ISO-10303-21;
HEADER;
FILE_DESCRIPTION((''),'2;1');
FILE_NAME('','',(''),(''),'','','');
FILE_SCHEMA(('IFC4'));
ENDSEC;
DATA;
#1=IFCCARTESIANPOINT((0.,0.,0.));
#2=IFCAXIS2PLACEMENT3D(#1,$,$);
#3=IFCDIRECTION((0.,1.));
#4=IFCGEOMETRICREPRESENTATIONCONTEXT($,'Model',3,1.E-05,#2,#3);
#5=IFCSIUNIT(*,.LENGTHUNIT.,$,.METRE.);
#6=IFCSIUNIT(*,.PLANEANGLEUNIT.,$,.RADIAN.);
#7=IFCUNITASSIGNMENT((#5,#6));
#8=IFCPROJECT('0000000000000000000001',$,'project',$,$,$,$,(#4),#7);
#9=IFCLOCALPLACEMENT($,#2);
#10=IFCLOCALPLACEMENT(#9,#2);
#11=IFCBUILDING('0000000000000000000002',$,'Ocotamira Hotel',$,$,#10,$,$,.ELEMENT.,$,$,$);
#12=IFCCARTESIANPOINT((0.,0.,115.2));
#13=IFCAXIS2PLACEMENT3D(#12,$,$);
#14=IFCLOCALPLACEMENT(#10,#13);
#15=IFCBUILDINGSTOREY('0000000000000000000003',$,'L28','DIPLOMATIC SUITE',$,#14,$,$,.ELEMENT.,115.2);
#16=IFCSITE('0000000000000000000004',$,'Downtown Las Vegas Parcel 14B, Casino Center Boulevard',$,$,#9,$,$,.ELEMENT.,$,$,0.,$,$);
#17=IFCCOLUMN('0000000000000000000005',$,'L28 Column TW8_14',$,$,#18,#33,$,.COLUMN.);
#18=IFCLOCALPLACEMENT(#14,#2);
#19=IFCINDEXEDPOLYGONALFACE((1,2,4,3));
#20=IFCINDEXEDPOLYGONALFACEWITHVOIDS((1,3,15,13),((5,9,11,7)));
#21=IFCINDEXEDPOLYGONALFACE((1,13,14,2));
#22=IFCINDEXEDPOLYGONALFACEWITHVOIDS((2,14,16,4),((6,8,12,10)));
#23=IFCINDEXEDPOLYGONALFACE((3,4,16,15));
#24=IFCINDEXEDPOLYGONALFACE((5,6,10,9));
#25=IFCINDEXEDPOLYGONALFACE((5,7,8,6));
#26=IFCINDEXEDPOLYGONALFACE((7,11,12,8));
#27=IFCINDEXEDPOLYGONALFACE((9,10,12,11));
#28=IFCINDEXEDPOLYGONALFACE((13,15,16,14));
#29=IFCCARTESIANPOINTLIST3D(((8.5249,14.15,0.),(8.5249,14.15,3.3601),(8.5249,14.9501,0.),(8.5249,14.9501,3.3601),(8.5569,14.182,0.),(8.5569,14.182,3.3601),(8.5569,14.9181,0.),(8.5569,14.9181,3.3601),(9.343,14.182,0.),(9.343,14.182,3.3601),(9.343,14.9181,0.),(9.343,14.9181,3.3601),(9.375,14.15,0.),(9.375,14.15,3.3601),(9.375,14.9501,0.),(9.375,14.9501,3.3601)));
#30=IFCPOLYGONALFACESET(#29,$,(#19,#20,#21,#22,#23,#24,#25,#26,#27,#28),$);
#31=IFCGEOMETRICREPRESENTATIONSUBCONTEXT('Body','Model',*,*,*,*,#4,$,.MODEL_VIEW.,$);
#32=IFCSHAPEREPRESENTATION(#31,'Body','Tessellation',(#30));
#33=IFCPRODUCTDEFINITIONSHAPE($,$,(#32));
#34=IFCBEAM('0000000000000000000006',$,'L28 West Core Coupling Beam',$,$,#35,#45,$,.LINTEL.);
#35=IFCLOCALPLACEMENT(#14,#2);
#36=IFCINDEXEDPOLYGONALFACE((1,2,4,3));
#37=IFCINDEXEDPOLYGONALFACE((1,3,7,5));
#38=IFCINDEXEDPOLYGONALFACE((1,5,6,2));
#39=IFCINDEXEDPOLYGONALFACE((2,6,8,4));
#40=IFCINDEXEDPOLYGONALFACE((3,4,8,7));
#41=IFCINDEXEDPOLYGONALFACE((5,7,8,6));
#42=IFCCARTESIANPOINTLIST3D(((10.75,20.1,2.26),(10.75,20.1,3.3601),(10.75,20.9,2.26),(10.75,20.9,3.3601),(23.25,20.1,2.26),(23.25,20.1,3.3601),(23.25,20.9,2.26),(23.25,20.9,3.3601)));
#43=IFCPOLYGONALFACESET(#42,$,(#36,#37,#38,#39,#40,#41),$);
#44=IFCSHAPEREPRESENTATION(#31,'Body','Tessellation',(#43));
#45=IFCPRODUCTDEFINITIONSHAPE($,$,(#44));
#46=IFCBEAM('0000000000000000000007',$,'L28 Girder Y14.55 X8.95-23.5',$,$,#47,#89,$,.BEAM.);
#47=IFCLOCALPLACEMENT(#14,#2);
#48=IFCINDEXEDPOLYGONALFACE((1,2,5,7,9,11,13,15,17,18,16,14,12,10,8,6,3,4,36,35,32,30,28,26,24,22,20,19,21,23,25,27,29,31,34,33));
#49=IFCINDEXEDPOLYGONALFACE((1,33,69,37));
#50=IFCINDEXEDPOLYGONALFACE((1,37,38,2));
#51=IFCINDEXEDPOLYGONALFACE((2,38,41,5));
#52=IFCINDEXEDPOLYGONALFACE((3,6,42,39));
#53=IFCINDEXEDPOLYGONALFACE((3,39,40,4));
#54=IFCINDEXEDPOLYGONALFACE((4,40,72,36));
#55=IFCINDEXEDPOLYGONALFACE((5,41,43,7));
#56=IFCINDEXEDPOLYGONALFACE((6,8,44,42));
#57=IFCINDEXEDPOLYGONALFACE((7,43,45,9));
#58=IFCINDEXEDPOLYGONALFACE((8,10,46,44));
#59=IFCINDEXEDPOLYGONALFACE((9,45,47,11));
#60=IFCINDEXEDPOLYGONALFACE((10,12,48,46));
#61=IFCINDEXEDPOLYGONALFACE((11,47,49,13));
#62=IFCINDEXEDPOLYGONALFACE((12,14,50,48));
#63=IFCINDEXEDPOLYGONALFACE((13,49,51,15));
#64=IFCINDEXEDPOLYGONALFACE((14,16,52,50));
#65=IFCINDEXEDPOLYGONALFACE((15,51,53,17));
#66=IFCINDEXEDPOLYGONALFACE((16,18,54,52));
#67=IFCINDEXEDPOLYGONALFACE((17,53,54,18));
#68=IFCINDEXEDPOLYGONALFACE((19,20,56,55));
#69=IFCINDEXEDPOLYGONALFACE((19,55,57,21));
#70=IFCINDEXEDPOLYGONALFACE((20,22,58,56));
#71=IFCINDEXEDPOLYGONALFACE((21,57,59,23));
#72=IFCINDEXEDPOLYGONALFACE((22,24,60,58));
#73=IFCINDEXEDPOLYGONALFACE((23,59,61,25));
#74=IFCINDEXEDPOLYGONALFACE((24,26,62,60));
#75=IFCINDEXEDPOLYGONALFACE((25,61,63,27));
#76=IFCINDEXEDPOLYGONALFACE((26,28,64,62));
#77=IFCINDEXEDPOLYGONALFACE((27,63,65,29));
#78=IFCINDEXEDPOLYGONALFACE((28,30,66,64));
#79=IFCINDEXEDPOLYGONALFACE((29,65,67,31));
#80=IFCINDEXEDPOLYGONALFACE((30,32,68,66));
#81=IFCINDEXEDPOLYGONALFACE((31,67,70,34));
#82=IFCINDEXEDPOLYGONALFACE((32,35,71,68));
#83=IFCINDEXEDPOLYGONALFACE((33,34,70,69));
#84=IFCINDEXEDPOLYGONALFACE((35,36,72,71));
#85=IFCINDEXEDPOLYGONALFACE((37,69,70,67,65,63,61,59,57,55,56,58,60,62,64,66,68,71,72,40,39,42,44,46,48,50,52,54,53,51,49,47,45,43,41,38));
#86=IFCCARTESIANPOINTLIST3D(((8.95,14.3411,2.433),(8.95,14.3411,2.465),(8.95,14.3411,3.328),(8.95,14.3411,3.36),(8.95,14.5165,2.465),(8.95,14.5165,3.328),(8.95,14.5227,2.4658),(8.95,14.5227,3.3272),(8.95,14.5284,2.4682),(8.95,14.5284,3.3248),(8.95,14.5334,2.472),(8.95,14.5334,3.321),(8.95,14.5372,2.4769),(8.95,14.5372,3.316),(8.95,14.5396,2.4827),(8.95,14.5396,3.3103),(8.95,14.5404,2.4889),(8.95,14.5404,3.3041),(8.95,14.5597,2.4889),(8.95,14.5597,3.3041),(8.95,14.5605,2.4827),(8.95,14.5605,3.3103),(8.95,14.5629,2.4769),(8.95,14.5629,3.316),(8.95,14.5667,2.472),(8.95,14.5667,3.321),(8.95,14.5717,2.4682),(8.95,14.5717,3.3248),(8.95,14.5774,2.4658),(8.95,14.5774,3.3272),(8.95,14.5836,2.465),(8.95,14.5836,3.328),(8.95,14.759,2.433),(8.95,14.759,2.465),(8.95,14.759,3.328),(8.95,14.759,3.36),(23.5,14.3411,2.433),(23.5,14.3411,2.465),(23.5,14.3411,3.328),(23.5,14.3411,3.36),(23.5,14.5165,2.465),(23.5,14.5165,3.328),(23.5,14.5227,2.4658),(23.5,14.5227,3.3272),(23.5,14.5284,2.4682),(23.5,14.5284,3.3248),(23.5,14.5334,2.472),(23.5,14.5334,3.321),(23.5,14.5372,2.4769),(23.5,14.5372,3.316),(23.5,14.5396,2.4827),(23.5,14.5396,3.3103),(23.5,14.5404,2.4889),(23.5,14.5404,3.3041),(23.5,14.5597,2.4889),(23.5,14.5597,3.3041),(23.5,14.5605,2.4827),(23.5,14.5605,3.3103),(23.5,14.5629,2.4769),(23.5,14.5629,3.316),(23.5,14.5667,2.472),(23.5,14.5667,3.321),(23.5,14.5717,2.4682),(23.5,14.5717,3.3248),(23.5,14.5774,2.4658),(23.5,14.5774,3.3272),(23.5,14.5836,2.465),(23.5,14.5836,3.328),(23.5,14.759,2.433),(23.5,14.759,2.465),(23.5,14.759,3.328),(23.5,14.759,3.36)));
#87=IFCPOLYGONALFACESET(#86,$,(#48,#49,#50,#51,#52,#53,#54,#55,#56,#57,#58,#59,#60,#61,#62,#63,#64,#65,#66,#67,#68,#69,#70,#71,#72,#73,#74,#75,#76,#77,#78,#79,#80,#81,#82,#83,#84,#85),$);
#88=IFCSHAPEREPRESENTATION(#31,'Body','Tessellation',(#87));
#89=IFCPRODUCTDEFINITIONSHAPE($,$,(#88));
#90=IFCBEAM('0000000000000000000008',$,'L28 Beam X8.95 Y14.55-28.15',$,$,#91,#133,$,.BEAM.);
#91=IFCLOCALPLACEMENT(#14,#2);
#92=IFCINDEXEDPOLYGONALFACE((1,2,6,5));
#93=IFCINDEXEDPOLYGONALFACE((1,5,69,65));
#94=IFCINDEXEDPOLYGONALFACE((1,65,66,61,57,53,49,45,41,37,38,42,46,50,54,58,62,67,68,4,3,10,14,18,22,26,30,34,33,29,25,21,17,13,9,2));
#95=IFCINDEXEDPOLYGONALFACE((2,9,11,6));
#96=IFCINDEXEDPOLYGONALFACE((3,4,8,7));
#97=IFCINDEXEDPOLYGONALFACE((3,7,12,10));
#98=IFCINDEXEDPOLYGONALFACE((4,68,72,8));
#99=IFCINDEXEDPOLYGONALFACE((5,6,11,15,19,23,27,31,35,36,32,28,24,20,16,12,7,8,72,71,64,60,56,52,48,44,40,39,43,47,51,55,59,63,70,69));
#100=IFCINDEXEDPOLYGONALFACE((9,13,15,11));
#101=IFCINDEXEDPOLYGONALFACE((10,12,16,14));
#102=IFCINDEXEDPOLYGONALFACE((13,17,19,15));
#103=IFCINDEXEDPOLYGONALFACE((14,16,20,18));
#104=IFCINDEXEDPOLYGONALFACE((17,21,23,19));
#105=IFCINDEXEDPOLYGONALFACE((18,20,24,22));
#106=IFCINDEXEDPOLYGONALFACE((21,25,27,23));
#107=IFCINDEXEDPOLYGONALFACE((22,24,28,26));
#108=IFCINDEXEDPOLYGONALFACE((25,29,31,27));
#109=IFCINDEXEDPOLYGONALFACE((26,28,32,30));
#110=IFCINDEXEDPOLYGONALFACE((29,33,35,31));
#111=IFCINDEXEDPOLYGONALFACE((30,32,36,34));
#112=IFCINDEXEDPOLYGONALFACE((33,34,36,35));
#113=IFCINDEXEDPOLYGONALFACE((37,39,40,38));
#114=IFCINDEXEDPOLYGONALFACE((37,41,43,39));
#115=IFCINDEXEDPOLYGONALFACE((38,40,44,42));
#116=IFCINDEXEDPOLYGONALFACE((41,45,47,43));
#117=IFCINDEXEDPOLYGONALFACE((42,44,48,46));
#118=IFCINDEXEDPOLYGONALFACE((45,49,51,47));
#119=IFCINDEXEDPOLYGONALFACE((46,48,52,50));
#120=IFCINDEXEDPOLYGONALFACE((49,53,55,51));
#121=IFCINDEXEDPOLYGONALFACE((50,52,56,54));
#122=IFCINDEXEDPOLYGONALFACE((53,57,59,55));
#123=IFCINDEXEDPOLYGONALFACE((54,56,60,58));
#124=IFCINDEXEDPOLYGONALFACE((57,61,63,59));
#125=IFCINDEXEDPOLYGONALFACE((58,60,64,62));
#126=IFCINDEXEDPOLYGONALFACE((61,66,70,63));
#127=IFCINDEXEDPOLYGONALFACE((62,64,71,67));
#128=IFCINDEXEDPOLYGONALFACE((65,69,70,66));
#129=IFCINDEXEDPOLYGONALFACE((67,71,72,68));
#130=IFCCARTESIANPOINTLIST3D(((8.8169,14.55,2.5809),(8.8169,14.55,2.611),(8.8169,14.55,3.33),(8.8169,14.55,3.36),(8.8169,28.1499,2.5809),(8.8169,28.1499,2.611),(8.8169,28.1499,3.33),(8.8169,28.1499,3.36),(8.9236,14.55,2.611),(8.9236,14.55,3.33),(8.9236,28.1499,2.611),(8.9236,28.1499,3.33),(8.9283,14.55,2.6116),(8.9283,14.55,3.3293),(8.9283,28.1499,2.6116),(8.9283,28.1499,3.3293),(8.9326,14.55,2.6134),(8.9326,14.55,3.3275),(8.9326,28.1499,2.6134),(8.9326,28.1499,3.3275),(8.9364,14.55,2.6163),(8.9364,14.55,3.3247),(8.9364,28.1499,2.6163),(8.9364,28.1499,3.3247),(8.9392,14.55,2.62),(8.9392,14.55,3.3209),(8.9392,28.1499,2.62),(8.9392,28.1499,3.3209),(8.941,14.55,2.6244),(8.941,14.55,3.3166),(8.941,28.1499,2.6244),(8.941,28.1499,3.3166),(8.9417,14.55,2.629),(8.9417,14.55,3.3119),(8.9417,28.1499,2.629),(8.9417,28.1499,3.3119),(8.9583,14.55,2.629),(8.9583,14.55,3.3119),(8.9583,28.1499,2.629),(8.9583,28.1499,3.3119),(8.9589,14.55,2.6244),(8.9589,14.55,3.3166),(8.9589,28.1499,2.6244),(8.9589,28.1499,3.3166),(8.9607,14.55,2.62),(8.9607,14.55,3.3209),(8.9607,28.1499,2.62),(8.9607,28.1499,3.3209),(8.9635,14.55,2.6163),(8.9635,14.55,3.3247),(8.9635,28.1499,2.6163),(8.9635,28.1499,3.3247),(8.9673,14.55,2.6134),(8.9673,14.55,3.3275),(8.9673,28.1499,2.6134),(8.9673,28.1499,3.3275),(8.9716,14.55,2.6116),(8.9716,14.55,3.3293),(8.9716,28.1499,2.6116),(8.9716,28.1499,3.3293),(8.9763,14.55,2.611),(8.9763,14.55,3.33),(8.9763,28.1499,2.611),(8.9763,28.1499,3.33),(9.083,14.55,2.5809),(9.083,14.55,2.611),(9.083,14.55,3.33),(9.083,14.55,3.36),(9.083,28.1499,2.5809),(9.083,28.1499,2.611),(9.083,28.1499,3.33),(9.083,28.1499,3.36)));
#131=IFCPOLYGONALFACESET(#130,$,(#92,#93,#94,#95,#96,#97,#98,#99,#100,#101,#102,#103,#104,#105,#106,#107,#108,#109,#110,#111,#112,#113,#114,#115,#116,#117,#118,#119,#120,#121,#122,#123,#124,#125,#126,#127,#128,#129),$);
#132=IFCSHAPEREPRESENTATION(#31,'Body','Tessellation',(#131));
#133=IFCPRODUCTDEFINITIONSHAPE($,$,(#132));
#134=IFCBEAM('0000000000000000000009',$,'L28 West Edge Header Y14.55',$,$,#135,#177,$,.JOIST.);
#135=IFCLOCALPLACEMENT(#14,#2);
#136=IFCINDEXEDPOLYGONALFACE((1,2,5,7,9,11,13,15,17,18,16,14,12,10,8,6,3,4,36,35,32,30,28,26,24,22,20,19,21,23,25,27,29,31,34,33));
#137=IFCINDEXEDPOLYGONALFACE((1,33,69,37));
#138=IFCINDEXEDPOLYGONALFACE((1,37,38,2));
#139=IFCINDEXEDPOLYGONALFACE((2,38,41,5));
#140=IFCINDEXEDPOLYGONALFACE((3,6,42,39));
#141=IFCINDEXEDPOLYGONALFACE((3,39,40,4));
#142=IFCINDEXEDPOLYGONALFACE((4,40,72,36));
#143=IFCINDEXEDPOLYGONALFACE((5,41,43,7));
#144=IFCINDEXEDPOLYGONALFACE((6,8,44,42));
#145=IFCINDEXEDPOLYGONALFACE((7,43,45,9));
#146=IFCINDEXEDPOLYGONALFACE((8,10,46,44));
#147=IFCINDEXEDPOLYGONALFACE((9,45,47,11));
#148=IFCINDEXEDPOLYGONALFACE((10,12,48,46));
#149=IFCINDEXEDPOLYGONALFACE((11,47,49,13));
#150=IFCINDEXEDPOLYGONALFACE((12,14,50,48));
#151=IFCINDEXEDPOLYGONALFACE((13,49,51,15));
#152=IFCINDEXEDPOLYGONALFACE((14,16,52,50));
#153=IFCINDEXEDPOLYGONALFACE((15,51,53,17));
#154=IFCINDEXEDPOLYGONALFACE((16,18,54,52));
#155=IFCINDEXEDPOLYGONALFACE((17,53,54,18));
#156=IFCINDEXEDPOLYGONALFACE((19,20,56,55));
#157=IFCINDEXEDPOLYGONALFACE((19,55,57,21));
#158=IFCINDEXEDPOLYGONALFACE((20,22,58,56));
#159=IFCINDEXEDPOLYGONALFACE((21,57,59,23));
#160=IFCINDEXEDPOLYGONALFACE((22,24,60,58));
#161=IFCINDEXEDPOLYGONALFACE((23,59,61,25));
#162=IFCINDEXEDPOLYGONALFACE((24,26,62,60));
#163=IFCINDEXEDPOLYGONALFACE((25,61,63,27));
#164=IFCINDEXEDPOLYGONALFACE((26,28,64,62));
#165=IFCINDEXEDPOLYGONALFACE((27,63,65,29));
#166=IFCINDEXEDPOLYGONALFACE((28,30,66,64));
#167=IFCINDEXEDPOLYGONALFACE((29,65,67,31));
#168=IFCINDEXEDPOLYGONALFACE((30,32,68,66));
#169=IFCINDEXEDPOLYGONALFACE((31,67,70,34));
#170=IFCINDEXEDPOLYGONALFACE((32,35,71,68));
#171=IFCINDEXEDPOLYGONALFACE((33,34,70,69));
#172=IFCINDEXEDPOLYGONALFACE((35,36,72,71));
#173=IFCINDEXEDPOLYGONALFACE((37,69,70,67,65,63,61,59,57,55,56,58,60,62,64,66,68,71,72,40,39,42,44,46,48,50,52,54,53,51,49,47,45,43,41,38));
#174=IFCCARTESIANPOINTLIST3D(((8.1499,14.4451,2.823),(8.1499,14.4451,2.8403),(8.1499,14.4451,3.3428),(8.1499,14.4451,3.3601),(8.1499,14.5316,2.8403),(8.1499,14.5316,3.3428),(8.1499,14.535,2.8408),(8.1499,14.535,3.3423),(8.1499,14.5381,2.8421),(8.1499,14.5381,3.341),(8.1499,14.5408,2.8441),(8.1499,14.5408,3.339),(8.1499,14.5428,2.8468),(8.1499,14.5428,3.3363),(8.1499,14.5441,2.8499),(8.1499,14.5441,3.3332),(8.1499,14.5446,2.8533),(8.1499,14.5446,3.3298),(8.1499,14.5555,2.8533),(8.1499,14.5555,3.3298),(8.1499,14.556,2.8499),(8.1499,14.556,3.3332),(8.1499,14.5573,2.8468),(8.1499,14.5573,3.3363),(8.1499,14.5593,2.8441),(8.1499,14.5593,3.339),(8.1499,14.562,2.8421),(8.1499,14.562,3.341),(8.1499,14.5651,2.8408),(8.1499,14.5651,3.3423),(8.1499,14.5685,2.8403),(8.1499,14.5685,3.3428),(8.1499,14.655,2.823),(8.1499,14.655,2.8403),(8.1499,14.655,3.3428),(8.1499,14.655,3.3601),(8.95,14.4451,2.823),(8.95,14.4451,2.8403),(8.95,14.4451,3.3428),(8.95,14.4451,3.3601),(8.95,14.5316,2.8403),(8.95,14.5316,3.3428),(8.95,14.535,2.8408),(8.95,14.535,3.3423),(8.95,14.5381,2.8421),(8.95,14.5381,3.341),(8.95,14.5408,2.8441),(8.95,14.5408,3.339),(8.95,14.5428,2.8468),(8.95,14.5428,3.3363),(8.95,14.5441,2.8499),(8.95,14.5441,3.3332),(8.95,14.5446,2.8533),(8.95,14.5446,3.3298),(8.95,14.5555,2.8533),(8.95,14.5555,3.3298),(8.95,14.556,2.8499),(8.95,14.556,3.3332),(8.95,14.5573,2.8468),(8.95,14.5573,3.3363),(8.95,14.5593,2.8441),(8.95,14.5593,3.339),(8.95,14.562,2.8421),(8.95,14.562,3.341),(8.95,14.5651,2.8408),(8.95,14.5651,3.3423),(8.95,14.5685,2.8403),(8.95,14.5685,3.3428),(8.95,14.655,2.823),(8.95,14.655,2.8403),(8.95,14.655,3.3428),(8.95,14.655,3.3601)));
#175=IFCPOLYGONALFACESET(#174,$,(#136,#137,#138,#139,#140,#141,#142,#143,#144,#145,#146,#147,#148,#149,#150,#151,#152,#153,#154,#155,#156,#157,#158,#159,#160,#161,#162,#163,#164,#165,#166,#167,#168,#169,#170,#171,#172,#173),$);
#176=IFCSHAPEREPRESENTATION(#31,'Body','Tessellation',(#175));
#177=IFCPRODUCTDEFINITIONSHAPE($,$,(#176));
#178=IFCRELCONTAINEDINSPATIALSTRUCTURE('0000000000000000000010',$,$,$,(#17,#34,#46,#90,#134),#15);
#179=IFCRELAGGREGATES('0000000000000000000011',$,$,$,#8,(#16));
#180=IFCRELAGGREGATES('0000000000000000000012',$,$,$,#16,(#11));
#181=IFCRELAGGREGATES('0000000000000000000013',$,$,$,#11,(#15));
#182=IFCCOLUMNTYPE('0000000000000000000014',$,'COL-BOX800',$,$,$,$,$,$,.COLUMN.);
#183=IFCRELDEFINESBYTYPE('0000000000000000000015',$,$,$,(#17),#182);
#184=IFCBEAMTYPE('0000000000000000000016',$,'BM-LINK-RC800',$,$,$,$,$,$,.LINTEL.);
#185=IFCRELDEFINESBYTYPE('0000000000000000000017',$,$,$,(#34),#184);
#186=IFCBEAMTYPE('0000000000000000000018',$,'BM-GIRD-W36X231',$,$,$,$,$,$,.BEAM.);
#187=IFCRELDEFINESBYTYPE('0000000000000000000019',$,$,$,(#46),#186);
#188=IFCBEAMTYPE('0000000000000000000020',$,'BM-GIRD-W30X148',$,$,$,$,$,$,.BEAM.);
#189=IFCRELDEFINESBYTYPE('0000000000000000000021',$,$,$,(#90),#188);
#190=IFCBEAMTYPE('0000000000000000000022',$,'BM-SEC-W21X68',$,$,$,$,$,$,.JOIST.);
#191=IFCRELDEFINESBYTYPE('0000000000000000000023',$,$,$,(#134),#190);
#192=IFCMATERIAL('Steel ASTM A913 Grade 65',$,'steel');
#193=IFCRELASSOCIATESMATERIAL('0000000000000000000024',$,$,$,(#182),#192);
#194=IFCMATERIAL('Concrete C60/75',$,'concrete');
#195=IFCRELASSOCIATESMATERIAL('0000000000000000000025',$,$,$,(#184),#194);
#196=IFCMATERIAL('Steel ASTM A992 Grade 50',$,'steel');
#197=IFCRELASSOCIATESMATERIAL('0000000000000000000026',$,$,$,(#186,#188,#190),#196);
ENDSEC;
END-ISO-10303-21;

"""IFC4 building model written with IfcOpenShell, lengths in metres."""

from ifc_helpers import new_model, si_unit, direction, frame, origin, origin_2d, place, context, subcontext, project, spatial, rectangle, hollow_rectangle, i_section, extrude, source, transform, mapped, material, material_profile, profile_set, type_object, element, save


model = new_model("IFC4")

# Units and contexts
model_context = context("Model", 3, precision=1e-05, world=origin(), true_north=direction((0.0, 1.0)))
body_context = subcontext(model_context, "Body", "Model", "MODEL_VIEW")
ifc_project = project(units=[si_unit("LENGTHUNIT", "METRE"), si_unit("PLANEANGLEUNIT", "RADIAN")], contexts=[model_context])

# Site, building, storey
site_placement = place(None, origin())
site = spatial("IfcSite", under=ifc_project, at=site_placement, Name="Downtown Las Vegas Parcel 14B, Casino Center Boulevard", CompositionType="ELEMENT", RefElevation=0.0)
building_placement = place(site_placement, origin())
building = spatial("IfcBuilding", under=site, at=building_placement, Name="Ocotamira Hotel", CompositionType="ELEMENT")
storey_placement = place(building_placement, frame((0.0, 0.0, 115.2)))
storey = spatial("IfcBuildingStorey", under=building, at=storey_placement, Name="L28", Description="DIPLOMATIC SUITE", CompositionType="ELEMENT", Elevation=115.2)

# Column
ifc_material_1 = material(Name="Steel ASTM A913 Grade 65", Category="steel")
ifc_material_profile_1 = material_profile(ifc_material_1, hollow_rectangle(XDim=0.8501, YDim=0.8, WallThickness=0.032, at=origin_2d()), Name="BOX800X850X32")
ifc_profile_set_1 = profile_set([ifc_material_profile_1], Name="Steel ASTM A913 Grade 65")
column_type = type_object("IfcColumnType", Name="COL-BOX800", PredefinedType="COLUMN", material=ifc_profile_set_1)
shared_shape_1 = source(origin(), body_context, "Body", "SweptSolid", [
    extrude(hollow_rectangle(XDim=0.8501, YDim=0.8, WallThickness=0.032, at=origin_2d()), origin(), (0.0, 0.0, 1.0), 3.3601),
])
column_placement = place(storey_placement, frame((8.95, 14.55, 0.0), z_axis=(0.0, 0.0, 1.0), x_axis=(1.0, 0.0, 0.0)))
element("IfcColumn", 1, at=column_placement, inside=storey, type_object=column_type, Name="L28 Column TW8_14", PredefinedType="COLUMN", context=body_context, shape_type="MappedRepresentation", body=[
    mapped(shared_shape_1, transform((0.0, 0.0, 0.0), scale=1.0)),
])

# Beams
ifc_material_2 = material(Name="Concrete C60/75", Category="concrete")
ifc_material_profile_2 = material_profile(ifc_material_2, rectangle(XDim=0.8, YDim=1.1001, at=origin_2d()), Name="RC800X1100")
ifc_profile_set_2 = profile_set([ifc_material_profile_2], Name="Concrete C60/75")
beam_type_1 = type_object("IfcBeamType", Name="BM-LINK-RC800", PredefinedType="LINTEL", material=ifc_profile_set_2)
shared_shape_2 = source(origin(), body_context, "Body", "SweptSolid", [
    extrude(rectangle(XDim=0.8, YDim=1.1001, at=origin_2d()), origin(), (0.0, 0.0, 1.0), 12.5),
])
beam_1_placement = place(storey_placement, frame((10.75, 20.5, 2.8101), z_axis=(1.0, 0.0, 0.0), x_axis=(0.0, 1.0, 0.0)))
element("IfcBeam", 2, at=beam_1_placement, inside=storey, type_object=beam_type_1, Name="L28 West Core Coupling Beam", PredefinedType="LINTEL", context=body_context, shape_type="MappedRepresentation", body=[
    mapped(shared_shape_2, transform((0.0, 0.0, 0.0), scale=1.0)),
])
ifc_material_3 = material(Name="Steel ASTM A992 Grade 50", Category="steel")
ifc_material_profile_3 = material_profile(ifc_material_3, i_section(OverallWidth=0.418, OverallDepth=0.927, WebThickness=0.0193, FlangeThickness=0.032, FilletRadius=0.0239, at=origin_2d()), Name="W36X231")
ifc_profile_set_3 = profile_set([ifc_material_profile_3], Name="Steel ASTM A992 Grade 50")
beam_type_2 = type_object("IfcBeamType", Name="BM-GIRD-W36X231", PredefinedType="BEAM", material=ifc_profile_set_3)
shared_shape_3 = source(origin(), body_context, "Body", "SweptSolid", [
    extrude(i_section(OverallWidth=0.418, OverallDepth=0.927, WebThickness=0.0193, FlangeThickness=0.032, FilletRadius=0.0239, at=origin_2d()), origin(), (0.0, 0.0, 1.0), 14.55),
])
beam_2_placement = place(storey_placement, frame((8.95, 14.55, 2.8965), z_axis=(1.0, 0.0, 0.0), x_axis=(0.0, 1.0, 0.0)))
element("IfcBeam", 3, at=beam_2_placement, inside=storey, type_object=beam_type_2, Name="L28 Girder Y14.55 X8.95-23.5", PredefinedType="BEAM", context=body_context, shape_type="MappedRepresentation", body=[
    mapped(shared_shape_3, transform((0.0, 0.0, 0.0), scale=1.0)),
])
ifc_material_profile_4 = material_profile(ifc_material_3, i_section(OverallWidth=0.2661, OverallDepth=0.7791, WebThickness=0.0166, FlangeThickness=0.03, FilletRadius=0.0181, at=origin_2d()), Name="W30X148")
ifc_profile_set_4 = profile_set([ifc_material_profile_4], Name="Steel ASTM A992 Grade 50")
beam_type_3 = type_object("IfcBeamType", Name="BM-GIRD-W30X148", PredefinedType="BEAM", material=ifc_profile_set_4)
shared_shape_4 = source(origin(), body_context, "Body", "SweptSolid", [
    extrude(i_section(OverallWidth=0.2661, OverallDepth=0.7791, WebThickness=0.0166, FlangeThickness=0.03, FilletRadius=0.0181, at=origin_2d()), origin(), (0.0, 0.0, 1.0), 13.5999),
])
beam_3_placement = place(storey_placement, frame((8.95, 14.55, 2.9705), z_axis=(0.0, 1.0, 0.0), x_axis=(-1.0, 0.0, 0.0)))
element("IfcBeam", 4, at=beam_3_placement, inside=storey, type_object=beam_type_3, Name="L28 Beam X8.95 Y14.55-28.15", PredefinedType="BEAM", context=body_context, shape_type="MappedRepresentation", body=[
    mapped(shared_shape_4, transform((0.0, 0.0, 0.0), scale=1.0)),
])
ifc_material_profile_5 = material_profile(ifc_material_3, i_section(OverallWidth=0.21, OverallDepth=0.5371, WebThickness=0.011, FlangeThickness=0.0173, FilletRadius=0.0129, at=origin_2d()), Name="W21X68")
ifc_profile_set_5 = profile_set([ifc_material_profile_5], Name="Steel ASTM A992 Grade 50")
beam_type_4 = type_object("IfcBeamType", Name="BM-SEC-W21X68", PredefinedType="JOIST", material=ifc_profile_set_5)
shared_shape_5 = source(origin(), body_context, "Body", "SweptSolid", [
    extrude(i_section(OverallWidth=0.21, OverallDepth=0.5371, WebThickness=0.011, FlangeThickness=0.0173, FilletRadius=0.0129, at=origin_2d()), origin(), (0.0, 0.0, 1.0), 0.8),
])
beam_4_placement = place(storey_placement, frame((8.95, 14.55, 3.0916), z_axis=(-1.0, 0.0, 0.0), x_axis=(0.0, -1.0, 0.0)))
element("IfcBeam", 5, at=beam_4_placement, inside=storey, type_object=beam_type_4, Name="L28 West Edge Header Y14.55", PredefinedType="JOIST", context=body_context, shape_type="MappedRepresentation", body=[
    mapped(shared_shape_5, transform((0.0, 0.0, 0.0), scale=1.0)),
])

save(model, "model.ifc")
